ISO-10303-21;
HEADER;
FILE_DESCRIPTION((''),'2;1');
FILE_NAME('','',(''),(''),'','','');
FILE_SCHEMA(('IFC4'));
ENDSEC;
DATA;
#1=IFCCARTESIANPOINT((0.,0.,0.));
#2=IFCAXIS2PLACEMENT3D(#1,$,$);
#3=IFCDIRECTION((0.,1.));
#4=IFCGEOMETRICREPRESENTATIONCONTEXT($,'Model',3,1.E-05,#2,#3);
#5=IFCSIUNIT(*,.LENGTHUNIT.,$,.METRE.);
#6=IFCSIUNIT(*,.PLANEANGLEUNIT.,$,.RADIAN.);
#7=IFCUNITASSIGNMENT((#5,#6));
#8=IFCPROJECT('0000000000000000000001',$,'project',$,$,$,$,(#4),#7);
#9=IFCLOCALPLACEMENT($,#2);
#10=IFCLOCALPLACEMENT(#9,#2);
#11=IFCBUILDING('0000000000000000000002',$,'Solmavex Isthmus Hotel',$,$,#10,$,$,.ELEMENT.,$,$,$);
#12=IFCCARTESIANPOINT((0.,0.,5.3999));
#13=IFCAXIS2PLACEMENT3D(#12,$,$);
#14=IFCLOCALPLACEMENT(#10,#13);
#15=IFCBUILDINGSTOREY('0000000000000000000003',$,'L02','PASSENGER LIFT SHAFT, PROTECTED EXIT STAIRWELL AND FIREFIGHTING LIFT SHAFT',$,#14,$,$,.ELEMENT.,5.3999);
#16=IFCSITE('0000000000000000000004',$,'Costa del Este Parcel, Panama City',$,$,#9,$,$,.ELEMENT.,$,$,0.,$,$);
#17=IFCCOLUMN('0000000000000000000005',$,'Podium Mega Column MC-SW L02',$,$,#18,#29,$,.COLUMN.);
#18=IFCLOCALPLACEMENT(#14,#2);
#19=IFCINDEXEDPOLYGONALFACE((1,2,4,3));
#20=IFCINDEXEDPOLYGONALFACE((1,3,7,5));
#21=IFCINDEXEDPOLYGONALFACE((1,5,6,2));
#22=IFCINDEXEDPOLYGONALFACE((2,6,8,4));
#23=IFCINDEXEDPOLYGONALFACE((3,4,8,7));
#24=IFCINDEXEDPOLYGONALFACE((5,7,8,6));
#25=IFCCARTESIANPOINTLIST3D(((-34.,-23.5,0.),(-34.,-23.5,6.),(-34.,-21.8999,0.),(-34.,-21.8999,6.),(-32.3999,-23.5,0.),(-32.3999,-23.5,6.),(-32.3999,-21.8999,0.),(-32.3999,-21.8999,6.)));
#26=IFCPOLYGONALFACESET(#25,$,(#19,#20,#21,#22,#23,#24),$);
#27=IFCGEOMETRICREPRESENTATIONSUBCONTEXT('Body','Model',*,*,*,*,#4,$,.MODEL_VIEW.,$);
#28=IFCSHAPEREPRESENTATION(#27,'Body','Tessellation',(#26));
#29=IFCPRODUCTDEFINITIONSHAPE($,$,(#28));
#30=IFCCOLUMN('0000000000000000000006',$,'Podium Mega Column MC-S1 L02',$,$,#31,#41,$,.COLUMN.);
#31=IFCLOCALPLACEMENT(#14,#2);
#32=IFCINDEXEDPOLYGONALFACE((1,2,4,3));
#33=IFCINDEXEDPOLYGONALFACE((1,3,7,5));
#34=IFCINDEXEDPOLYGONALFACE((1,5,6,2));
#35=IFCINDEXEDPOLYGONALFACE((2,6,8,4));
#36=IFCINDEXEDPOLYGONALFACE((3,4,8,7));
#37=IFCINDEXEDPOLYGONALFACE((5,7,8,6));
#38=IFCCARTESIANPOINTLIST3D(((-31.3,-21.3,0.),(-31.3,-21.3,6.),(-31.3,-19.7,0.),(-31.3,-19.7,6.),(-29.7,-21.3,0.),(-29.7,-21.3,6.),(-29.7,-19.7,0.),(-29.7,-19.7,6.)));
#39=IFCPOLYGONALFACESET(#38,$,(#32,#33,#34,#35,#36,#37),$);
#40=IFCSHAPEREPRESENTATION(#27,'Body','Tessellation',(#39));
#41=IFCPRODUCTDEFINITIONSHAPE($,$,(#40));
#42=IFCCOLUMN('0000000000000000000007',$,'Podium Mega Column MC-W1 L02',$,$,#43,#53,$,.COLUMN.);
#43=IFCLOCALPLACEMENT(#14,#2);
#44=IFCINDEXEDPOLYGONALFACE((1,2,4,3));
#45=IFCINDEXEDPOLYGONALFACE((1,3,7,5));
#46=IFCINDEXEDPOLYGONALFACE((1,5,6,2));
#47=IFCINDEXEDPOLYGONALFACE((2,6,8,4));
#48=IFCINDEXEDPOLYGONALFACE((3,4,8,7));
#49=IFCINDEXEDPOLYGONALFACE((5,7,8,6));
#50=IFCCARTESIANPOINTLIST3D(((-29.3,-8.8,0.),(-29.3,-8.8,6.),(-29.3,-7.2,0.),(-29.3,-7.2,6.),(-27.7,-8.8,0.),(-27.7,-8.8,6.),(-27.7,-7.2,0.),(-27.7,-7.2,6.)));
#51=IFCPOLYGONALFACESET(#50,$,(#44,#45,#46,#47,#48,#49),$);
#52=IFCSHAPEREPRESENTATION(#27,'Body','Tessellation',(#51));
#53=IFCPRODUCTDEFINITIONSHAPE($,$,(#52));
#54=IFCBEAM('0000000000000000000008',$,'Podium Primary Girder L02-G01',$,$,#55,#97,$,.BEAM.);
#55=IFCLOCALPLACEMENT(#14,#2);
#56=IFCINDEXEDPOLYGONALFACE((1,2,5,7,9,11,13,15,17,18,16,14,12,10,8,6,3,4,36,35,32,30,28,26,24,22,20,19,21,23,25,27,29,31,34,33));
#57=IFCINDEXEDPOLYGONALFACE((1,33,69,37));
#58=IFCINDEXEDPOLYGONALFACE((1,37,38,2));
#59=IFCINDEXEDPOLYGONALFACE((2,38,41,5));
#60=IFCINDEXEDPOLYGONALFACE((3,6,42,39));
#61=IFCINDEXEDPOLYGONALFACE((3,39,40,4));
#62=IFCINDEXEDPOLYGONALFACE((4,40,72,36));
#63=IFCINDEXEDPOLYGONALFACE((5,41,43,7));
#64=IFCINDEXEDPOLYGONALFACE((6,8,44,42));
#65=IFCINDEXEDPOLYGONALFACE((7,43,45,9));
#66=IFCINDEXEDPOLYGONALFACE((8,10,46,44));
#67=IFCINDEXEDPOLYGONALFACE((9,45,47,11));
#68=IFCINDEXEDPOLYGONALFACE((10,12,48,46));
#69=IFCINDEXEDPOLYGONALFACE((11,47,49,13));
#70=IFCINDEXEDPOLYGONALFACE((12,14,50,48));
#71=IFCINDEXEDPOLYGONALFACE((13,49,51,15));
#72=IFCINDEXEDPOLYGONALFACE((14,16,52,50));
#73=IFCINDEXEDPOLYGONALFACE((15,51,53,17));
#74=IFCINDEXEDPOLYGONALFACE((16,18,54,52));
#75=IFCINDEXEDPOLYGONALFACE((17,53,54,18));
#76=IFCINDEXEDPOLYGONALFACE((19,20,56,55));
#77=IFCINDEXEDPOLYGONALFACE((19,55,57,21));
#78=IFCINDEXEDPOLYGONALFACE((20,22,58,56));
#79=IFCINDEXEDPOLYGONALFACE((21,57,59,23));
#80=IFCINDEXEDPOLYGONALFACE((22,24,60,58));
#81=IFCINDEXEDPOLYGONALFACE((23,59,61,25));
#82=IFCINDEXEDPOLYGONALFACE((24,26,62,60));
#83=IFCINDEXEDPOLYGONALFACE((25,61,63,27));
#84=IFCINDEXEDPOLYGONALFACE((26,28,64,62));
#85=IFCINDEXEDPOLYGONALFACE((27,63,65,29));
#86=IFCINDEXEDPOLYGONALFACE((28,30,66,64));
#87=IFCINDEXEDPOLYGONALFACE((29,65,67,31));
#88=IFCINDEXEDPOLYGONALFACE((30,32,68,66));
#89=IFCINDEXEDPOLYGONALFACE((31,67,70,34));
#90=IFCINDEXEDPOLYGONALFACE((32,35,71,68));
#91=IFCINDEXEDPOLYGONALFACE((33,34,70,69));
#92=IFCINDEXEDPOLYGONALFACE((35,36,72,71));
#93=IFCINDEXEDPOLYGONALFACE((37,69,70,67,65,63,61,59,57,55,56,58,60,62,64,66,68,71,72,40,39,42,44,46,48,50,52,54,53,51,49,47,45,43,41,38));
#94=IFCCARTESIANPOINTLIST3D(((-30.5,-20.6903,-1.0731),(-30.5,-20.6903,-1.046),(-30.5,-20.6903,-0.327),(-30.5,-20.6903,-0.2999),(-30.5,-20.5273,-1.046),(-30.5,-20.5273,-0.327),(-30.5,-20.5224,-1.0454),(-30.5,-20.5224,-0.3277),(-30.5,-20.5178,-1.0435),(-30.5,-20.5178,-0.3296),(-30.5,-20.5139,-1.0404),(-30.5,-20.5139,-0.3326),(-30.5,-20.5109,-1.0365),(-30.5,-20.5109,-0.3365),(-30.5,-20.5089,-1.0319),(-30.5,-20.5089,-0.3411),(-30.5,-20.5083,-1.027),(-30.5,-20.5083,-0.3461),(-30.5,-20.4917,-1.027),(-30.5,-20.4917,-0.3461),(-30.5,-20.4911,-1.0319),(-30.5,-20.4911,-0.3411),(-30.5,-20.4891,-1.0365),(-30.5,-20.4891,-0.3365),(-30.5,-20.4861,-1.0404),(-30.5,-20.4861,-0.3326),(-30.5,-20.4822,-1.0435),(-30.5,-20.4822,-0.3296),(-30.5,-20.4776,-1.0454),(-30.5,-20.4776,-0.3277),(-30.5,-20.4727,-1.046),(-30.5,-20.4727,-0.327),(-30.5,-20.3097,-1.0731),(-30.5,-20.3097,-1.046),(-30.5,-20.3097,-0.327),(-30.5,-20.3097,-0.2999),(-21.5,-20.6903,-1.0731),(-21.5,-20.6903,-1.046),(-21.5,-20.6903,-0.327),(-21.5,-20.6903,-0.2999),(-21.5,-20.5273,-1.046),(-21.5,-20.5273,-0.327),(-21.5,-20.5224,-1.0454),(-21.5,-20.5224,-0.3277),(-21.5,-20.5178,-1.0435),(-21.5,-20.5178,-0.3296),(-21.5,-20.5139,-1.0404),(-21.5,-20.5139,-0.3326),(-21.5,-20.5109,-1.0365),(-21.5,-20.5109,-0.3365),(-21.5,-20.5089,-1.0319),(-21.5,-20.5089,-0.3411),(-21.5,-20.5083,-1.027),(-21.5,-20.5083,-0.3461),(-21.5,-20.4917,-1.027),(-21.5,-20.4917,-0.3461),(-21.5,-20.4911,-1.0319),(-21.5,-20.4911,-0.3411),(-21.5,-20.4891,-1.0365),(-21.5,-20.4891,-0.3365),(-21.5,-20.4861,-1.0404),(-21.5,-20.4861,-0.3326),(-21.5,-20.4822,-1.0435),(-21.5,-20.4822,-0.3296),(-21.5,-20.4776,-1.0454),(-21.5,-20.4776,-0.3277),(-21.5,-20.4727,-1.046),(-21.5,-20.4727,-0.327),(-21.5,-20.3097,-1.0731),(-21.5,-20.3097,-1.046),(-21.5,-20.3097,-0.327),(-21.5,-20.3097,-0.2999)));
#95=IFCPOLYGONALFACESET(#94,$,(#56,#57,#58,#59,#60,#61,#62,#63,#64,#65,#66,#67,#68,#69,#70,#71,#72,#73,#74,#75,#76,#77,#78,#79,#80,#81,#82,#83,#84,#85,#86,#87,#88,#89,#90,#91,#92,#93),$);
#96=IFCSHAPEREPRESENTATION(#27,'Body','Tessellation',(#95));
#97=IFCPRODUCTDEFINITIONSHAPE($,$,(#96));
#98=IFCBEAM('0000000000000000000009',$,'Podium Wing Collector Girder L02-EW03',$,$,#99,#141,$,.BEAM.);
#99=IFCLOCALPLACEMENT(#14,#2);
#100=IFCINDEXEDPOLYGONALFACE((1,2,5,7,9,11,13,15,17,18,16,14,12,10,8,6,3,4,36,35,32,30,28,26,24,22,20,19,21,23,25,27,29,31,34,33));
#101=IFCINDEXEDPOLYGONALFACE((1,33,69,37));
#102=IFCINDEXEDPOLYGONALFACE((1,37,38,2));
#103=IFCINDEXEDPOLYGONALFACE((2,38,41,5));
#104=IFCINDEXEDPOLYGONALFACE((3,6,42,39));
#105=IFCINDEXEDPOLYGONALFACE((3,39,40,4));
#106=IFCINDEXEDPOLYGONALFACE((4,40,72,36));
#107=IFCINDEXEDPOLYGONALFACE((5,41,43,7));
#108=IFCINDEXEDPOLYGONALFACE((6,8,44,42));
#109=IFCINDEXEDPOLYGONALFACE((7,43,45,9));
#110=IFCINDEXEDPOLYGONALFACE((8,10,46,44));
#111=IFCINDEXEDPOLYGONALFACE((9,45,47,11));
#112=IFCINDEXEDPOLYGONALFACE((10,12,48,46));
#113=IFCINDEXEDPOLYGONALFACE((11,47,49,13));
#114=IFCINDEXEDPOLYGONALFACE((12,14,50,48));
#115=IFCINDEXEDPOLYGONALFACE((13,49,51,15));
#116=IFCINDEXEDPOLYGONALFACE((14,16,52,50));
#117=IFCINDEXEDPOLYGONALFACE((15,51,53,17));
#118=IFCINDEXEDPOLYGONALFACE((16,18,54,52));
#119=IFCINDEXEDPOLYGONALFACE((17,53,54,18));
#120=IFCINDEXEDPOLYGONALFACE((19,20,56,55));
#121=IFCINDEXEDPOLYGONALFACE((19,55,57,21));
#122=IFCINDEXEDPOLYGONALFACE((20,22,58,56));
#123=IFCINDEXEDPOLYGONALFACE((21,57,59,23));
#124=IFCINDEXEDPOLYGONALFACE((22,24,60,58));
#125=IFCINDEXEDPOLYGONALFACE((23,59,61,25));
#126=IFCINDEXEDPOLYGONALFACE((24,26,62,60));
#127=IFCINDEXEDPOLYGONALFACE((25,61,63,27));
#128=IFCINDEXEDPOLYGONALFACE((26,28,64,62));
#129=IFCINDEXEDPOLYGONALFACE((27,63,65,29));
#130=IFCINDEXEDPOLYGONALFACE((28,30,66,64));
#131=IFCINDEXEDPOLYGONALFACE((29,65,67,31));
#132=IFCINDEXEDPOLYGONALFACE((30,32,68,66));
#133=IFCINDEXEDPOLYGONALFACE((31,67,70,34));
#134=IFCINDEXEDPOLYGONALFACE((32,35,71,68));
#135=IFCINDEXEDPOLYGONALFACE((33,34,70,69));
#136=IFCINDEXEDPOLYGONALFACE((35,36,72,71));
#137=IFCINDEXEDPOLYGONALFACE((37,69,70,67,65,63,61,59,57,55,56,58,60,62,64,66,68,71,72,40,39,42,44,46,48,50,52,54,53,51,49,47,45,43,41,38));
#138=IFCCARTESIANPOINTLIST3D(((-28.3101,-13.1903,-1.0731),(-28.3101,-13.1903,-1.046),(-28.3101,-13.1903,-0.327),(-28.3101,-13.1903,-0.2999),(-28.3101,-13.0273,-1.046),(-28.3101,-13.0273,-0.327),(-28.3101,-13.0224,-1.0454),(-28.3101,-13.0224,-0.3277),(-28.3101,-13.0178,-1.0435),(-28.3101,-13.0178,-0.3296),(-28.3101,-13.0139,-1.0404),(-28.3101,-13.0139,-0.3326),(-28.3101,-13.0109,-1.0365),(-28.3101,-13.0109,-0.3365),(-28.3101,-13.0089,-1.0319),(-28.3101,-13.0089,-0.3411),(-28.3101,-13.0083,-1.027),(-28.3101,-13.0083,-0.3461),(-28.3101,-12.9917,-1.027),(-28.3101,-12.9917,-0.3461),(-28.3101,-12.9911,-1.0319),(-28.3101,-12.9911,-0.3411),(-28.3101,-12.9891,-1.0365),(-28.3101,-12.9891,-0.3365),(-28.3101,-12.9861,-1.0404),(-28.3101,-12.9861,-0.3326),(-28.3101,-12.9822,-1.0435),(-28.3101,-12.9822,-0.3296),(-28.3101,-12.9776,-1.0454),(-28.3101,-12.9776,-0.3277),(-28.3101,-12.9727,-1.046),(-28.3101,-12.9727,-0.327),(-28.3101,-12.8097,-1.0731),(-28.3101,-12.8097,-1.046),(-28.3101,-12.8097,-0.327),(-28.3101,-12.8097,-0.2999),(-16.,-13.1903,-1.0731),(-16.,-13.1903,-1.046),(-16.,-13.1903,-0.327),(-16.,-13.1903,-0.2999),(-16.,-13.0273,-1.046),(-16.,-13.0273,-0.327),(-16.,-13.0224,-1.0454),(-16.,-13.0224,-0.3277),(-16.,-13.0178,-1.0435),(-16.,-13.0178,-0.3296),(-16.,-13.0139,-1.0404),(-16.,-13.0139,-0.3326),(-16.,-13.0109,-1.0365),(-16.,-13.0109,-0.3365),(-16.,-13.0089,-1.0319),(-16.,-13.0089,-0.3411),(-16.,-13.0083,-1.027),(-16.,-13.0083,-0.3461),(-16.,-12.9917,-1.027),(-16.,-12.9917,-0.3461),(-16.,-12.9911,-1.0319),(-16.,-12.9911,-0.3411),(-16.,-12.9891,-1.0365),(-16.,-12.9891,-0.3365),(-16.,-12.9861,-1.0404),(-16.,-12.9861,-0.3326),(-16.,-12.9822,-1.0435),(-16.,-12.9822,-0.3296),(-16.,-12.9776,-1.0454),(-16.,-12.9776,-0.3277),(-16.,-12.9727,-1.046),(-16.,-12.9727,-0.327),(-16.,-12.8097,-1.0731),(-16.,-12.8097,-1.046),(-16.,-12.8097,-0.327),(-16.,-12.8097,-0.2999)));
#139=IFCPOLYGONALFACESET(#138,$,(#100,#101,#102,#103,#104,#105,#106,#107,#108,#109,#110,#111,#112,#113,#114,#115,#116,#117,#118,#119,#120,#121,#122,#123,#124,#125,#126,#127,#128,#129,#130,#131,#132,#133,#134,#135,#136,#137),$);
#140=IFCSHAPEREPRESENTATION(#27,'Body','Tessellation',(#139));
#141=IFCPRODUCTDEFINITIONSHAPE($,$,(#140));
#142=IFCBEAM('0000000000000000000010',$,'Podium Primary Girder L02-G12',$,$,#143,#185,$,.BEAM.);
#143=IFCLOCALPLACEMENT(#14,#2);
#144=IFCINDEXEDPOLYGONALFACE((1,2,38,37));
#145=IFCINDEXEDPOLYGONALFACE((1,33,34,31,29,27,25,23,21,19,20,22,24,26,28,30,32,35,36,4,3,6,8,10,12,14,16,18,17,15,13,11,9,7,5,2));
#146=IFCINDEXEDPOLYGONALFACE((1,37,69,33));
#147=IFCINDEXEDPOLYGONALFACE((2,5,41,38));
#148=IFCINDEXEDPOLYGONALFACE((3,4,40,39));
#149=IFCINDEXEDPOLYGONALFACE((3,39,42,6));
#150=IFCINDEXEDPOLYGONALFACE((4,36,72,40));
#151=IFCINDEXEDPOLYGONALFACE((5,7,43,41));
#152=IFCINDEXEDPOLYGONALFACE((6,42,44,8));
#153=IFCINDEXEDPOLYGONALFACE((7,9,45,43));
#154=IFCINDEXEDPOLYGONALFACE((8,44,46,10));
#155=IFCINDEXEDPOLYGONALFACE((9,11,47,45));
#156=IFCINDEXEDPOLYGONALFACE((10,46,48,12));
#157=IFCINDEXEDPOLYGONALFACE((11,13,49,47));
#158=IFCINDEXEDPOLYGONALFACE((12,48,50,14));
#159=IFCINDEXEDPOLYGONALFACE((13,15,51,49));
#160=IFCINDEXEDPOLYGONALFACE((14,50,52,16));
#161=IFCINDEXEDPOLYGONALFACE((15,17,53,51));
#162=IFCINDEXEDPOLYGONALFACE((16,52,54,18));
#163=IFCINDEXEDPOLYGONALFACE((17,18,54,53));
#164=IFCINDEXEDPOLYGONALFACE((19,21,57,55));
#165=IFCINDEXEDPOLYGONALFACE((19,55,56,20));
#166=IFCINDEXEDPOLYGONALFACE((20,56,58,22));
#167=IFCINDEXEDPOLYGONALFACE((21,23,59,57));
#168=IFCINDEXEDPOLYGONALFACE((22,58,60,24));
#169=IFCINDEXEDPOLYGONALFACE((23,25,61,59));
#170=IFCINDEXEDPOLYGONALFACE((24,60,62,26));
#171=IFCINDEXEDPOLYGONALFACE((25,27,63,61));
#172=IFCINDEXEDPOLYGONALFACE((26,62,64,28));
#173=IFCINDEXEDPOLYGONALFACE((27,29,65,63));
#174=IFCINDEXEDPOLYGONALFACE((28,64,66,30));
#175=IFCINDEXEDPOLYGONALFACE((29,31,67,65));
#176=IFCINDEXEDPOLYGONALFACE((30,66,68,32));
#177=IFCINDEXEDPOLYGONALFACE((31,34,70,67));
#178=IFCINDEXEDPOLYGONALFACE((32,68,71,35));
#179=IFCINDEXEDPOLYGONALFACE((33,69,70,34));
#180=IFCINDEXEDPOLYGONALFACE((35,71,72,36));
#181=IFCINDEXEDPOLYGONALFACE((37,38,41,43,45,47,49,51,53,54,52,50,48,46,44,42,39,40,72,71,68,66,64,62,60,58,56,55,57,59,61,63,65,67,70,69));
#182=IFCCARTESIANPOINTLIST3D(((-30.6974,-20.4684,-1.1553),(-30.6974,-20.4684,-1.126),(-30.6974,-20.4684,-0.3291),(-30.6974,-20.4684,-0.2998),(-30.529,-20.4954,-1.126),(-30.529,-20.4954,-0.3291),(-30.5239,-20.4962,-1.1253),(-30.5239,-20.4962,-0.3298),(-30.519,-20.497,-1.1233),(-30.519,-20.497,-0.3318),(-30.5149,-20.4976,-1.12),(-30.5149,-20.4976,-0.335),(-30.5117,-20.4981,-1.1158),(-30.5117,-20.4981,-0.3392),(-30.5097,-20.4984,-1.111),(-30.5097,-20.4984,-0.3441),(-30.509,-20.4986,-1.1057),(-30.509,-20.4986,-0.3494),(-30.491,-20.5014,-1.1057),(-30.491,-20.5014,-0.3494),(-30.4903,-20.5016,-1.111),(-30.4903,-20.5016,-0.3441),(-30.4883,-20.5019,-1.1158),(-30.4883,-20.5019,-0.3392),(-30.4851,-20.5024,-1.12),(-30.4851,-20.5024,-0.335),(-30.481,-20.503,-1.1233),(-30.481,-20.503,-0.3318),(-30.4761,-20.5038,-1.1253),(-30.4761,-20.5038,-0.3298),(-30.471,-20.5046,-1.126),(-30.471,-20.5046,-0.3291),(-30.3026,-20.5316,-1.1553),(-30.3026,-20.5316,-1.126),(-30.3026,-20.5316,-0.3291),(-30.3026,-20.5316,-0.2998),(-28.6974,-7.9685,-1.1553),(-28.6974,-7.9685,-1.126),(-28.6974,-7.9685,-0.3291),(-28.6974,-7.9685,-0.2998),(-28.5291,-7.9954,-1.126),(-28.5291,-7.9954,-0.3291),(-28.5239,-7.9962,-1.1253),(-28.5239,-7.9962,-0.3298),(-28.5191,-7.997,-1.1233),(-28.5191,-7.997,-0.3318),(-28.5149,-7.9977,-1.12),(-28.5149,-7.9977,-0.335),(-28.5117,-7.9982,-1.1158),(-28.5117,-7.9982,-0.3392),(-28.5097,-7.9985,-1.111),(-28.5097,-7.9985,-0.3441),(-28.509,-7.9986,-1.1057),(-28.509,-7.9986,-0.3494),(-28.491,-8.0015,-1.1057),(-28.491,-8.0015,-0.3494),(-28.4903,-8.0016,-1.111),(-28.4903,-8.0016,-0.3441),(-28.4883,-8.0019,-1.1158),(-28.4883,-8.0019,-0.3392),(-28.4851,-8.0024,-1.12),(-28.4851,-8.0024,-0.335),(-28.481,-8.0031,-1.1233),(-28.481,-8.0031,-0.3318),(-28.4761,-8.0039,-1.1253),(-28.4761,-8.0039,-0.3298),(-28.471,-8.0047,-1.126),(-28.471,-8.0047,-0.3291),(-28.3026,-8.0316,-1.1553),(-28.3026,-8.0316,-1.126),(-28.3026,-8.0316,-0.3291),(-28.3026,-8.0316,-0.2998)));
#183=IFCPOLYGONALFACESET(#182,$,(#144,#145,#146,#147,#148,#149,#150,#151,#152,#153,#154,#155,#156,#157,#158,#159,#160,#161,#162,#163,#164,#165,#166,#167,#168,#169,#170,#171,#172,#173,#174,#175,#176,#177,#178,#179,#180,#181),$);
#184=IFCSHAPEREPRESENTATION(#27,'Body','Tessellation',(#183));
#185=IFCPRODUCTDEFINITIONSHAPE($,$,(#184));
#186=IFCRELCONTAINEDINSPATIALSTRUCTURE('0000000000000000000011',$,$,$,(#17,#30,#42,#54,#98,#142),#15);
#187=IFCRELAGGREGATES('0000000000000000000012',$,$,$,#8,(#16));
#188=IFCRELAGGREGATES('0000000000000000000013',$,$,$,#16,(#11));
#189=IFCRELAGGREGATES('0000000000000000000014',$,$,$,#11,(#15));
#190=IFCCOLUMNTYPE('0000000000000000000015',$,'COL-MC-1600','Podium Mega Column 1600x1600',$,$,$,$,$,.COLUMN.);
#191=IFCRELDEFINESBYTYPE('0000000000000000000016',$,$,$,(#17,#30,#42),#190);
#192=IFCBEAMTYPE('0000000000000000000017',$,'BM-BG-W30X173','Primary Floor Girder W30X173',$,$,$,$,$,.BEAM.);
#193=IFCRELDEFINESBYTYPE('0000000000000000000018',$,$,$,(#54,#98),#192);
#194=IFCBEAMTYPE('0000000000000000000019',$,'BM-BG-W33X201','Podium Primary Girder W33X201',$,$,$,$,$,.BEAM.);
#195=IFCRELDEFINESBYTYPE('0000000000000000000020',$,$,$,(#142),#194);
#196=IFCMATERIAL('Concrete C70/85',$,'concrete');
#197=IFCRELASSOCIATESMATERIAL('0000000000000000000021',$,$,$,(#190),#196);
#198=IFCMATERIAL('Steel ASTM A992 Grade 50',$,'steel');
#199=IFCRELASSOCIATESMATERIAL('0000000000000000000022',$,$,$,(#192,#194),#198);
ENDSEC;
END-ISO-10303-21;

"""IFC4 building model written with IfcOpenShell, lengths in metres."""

from ifc_helpers import new_model, si_unit, direction, frame, origin, origin_2d, place, context, subcontext, project, spatial, rectangle, i_section, extrude, material, material_profile, profile_set, type_object, element, save


model = new_model("IFC4")

# Units and contexts
model_context = context("Model", 3, precision=1e-05, world=origin(), true_north=direction((0.0, 1.0)))
body_context = subcontext(model_context, "Body", "Model", "MODEL_VIEW")
ifc_project = project(units=[si_unit("LENGTHUNIT", "METRE"), si_unit("PLANEANGLEUNIT", "RADIAN")], contexts=[model_context])

# Site, building, storey
site_placement = place(None, origin())
site = spatial("IfcSite", under=ifc_project, at=site_placement, Name="Costa del Este Parcel, Panama City", CompositionType="ELEMENT", RefElevation=0.0)
building_placement = place(site_placement, origin())
building = spatial("IfcBuilding", under=site, at=building_placement, Name="Solmavex Isthmus Hotel", CompositionType="ELEMENT")
storey_placement = place(building_placement, frame((0.0, 0.0, 5.3999)))
storey = spatial("IfcBuildingStorey", under=building, at=storey_placement, Name="L02", Description="PASSENGER LIFT SHAFT, PROTECTED EXIT STAIRWELL AND FIREFIGHTING LIFT SHAFT", CompositionType="ELEMENT", Elevation=5.3999)

# Columns
ifc_material_1 = material(Name="Concrete C70/85", Category="concrete")
ifc_material_profile_1 = material_profile(ifc_material_1, rectangle(XDim=1.6001, YDim=1.6001, at=origin_2d()), Name="RC1600X1600")
ifc_profile_set_1 = profile_set([ifc_material_profile_1], Name="Concrete C70/85")
column_type = type_object("IfcColumnType", Name="COL-MC-1600", Description="Podium Mega Column 1600x1600", PredefinedType="COLUMN", material=ifc_profile_set_1)
for number, where, z_axis, x_axis, name in (
    (1, (-33.2, -22.7, 0.0), (0.0, 0.0, 1.0), (1.0, 0.0, 0.0), "Podium Mega Column MC-SW L02"),
    (2, (-30.5, -20.5, 0.0), (0.0, 0.0, 1.0), (1.0, 0.0, 0.0), "Podium Mega Column MC-S1 L02"),
    (3, (-28.5, -8.0, 0.0), (0.0, 0.0, 1.0), (1.0, 0.0, 0.0), "Podium Mega Column MC-W1 L02"),
):
    element("IfcColumn", number, at=place(storey_placement, frame(where, z_axis=z_axis, x_axis=x_axis)), inside=storey, type_object=column_type, Name=name, PredefinedType="COLUMN", context=body_context, shape_type="SweptSolid", body=[
        extrude(rectangle(XDim=1.6001, YDim=1.6001, at=origin_2d()), origin(), (0.0, 0.0, 1.0), 6.0),
    ])

# Beams
ifc_material_2 = material(Name="Steel ASTM A992 Grade 50", Category="steel")
ifc_material_profile_2 = material_profile(ifc_material_2, i_section(OverallWidth=0.3806, OverallDepth=0.7732, WebThickness=0.0166, FlangeThickness=0.0271, FilletRadius=0.019, at=origin_2d()), Name="W30X173")
ifc_profile_set_2 = profile_set([ifc_material_profile_2], Name="Steel ASTM A992 Grade 50")
beam_type_1 = type_object("IfcBeamType", Name="BM-BG-W30X173", Description="Primary Floor Girder W30X173", PredefinedType="BEAM", material=ifc_profile_set_2)
beam_1_placement = place(storey_placement, frame((-30.5, -20.5, -0.6865), z_axis=(1.0, 0.0, 0.0), x_axis=(0.0, 1.0, 0.0)))
element("IfcBeam", 4, at=beam_1_placement, inside=storey, type_object=beam_type_1, Name="Podium Primary Girder L02-G01", PredefinedType="BEAM", context=body_context, shape_type="SweptSolid", body=[
    extrude(i_section(OverallWidth=0.3806, OverallDepth=0.7732, WebThickness=0.0166, FlangeThickness=0.0271, FilletRadius=0.019, at=origin_2d()), origin(), (0.0, 0.0, 1.0), 9.0),
])
beam_2_placement = place(storey_placement, frame((-28.3101, -13.0, -0.6865), z_axis=(1.0, 0.0, 0.0), x_axis=(0.0, 1.0, 0.0)))
element("IfcBeam", 5, at=beam_2_placement, inside=storey, type_object=beam_type_1, Name="Podium Wing Collector Girder L02-EW03", PredefinedType="BEAM", context=body_context, shape_type="SweptSolid", body=[
    extrude(i_section(OverallWidth=0.3806, OverallDepth=0.7732, WebThickness=0.0166, FlangeThickness=0.0271, FilletRadius=0.019, at=origin_2d()), origin(), (0.0, 0.0, 1.0), 12.3101),
])
ifc_material_profile_3 = material_profile(ifc_material_2, i_section(OverallWidth=0.3999, OverallDepth=0.8555, WebThickness=0.0183, FlangeThickness=0.0293, FilletRadius=0.0203, at=origin_2d()), Name="W33X201")
ifc_profile_set_3 = profile_set([ifc_material_profile_3], Name="Steel ASTM A992 Grade 50")
beam_type_2 = type_object("IfcBeamType", Name="BM-BG-W33X201", Description="Podium Primary Girder W33X201", PredefinedType="BEAM", material=ifc_profile_set_3)
beam_3_placement = place(storey_placement, frame((-30.5, -20.5, -0.7275), z_axis=(0.157991, 0.987441, 0.0), x_axis=(-0.987441, 0.157991, 0.0)))
element("IfcBeam", 6, at=beam_3_placement, inside=storey, type_object=beam_type_2, Name="Podium Primary Girder L02-G12", PredefinedType="BEAM", context=body_context, shape_type="SweptSolid", body=[
    extrude(i_section(OverallWidth=0.3999, OverallDepth=0.8555, WebThickness=0.0183, FlangeThickness=0.0293, FilletRadius=0.0203, at=origin_2d()), origin(), (0.0, 0.0, 1.0), 12.6589),
])

save(model, "model.ifc")
